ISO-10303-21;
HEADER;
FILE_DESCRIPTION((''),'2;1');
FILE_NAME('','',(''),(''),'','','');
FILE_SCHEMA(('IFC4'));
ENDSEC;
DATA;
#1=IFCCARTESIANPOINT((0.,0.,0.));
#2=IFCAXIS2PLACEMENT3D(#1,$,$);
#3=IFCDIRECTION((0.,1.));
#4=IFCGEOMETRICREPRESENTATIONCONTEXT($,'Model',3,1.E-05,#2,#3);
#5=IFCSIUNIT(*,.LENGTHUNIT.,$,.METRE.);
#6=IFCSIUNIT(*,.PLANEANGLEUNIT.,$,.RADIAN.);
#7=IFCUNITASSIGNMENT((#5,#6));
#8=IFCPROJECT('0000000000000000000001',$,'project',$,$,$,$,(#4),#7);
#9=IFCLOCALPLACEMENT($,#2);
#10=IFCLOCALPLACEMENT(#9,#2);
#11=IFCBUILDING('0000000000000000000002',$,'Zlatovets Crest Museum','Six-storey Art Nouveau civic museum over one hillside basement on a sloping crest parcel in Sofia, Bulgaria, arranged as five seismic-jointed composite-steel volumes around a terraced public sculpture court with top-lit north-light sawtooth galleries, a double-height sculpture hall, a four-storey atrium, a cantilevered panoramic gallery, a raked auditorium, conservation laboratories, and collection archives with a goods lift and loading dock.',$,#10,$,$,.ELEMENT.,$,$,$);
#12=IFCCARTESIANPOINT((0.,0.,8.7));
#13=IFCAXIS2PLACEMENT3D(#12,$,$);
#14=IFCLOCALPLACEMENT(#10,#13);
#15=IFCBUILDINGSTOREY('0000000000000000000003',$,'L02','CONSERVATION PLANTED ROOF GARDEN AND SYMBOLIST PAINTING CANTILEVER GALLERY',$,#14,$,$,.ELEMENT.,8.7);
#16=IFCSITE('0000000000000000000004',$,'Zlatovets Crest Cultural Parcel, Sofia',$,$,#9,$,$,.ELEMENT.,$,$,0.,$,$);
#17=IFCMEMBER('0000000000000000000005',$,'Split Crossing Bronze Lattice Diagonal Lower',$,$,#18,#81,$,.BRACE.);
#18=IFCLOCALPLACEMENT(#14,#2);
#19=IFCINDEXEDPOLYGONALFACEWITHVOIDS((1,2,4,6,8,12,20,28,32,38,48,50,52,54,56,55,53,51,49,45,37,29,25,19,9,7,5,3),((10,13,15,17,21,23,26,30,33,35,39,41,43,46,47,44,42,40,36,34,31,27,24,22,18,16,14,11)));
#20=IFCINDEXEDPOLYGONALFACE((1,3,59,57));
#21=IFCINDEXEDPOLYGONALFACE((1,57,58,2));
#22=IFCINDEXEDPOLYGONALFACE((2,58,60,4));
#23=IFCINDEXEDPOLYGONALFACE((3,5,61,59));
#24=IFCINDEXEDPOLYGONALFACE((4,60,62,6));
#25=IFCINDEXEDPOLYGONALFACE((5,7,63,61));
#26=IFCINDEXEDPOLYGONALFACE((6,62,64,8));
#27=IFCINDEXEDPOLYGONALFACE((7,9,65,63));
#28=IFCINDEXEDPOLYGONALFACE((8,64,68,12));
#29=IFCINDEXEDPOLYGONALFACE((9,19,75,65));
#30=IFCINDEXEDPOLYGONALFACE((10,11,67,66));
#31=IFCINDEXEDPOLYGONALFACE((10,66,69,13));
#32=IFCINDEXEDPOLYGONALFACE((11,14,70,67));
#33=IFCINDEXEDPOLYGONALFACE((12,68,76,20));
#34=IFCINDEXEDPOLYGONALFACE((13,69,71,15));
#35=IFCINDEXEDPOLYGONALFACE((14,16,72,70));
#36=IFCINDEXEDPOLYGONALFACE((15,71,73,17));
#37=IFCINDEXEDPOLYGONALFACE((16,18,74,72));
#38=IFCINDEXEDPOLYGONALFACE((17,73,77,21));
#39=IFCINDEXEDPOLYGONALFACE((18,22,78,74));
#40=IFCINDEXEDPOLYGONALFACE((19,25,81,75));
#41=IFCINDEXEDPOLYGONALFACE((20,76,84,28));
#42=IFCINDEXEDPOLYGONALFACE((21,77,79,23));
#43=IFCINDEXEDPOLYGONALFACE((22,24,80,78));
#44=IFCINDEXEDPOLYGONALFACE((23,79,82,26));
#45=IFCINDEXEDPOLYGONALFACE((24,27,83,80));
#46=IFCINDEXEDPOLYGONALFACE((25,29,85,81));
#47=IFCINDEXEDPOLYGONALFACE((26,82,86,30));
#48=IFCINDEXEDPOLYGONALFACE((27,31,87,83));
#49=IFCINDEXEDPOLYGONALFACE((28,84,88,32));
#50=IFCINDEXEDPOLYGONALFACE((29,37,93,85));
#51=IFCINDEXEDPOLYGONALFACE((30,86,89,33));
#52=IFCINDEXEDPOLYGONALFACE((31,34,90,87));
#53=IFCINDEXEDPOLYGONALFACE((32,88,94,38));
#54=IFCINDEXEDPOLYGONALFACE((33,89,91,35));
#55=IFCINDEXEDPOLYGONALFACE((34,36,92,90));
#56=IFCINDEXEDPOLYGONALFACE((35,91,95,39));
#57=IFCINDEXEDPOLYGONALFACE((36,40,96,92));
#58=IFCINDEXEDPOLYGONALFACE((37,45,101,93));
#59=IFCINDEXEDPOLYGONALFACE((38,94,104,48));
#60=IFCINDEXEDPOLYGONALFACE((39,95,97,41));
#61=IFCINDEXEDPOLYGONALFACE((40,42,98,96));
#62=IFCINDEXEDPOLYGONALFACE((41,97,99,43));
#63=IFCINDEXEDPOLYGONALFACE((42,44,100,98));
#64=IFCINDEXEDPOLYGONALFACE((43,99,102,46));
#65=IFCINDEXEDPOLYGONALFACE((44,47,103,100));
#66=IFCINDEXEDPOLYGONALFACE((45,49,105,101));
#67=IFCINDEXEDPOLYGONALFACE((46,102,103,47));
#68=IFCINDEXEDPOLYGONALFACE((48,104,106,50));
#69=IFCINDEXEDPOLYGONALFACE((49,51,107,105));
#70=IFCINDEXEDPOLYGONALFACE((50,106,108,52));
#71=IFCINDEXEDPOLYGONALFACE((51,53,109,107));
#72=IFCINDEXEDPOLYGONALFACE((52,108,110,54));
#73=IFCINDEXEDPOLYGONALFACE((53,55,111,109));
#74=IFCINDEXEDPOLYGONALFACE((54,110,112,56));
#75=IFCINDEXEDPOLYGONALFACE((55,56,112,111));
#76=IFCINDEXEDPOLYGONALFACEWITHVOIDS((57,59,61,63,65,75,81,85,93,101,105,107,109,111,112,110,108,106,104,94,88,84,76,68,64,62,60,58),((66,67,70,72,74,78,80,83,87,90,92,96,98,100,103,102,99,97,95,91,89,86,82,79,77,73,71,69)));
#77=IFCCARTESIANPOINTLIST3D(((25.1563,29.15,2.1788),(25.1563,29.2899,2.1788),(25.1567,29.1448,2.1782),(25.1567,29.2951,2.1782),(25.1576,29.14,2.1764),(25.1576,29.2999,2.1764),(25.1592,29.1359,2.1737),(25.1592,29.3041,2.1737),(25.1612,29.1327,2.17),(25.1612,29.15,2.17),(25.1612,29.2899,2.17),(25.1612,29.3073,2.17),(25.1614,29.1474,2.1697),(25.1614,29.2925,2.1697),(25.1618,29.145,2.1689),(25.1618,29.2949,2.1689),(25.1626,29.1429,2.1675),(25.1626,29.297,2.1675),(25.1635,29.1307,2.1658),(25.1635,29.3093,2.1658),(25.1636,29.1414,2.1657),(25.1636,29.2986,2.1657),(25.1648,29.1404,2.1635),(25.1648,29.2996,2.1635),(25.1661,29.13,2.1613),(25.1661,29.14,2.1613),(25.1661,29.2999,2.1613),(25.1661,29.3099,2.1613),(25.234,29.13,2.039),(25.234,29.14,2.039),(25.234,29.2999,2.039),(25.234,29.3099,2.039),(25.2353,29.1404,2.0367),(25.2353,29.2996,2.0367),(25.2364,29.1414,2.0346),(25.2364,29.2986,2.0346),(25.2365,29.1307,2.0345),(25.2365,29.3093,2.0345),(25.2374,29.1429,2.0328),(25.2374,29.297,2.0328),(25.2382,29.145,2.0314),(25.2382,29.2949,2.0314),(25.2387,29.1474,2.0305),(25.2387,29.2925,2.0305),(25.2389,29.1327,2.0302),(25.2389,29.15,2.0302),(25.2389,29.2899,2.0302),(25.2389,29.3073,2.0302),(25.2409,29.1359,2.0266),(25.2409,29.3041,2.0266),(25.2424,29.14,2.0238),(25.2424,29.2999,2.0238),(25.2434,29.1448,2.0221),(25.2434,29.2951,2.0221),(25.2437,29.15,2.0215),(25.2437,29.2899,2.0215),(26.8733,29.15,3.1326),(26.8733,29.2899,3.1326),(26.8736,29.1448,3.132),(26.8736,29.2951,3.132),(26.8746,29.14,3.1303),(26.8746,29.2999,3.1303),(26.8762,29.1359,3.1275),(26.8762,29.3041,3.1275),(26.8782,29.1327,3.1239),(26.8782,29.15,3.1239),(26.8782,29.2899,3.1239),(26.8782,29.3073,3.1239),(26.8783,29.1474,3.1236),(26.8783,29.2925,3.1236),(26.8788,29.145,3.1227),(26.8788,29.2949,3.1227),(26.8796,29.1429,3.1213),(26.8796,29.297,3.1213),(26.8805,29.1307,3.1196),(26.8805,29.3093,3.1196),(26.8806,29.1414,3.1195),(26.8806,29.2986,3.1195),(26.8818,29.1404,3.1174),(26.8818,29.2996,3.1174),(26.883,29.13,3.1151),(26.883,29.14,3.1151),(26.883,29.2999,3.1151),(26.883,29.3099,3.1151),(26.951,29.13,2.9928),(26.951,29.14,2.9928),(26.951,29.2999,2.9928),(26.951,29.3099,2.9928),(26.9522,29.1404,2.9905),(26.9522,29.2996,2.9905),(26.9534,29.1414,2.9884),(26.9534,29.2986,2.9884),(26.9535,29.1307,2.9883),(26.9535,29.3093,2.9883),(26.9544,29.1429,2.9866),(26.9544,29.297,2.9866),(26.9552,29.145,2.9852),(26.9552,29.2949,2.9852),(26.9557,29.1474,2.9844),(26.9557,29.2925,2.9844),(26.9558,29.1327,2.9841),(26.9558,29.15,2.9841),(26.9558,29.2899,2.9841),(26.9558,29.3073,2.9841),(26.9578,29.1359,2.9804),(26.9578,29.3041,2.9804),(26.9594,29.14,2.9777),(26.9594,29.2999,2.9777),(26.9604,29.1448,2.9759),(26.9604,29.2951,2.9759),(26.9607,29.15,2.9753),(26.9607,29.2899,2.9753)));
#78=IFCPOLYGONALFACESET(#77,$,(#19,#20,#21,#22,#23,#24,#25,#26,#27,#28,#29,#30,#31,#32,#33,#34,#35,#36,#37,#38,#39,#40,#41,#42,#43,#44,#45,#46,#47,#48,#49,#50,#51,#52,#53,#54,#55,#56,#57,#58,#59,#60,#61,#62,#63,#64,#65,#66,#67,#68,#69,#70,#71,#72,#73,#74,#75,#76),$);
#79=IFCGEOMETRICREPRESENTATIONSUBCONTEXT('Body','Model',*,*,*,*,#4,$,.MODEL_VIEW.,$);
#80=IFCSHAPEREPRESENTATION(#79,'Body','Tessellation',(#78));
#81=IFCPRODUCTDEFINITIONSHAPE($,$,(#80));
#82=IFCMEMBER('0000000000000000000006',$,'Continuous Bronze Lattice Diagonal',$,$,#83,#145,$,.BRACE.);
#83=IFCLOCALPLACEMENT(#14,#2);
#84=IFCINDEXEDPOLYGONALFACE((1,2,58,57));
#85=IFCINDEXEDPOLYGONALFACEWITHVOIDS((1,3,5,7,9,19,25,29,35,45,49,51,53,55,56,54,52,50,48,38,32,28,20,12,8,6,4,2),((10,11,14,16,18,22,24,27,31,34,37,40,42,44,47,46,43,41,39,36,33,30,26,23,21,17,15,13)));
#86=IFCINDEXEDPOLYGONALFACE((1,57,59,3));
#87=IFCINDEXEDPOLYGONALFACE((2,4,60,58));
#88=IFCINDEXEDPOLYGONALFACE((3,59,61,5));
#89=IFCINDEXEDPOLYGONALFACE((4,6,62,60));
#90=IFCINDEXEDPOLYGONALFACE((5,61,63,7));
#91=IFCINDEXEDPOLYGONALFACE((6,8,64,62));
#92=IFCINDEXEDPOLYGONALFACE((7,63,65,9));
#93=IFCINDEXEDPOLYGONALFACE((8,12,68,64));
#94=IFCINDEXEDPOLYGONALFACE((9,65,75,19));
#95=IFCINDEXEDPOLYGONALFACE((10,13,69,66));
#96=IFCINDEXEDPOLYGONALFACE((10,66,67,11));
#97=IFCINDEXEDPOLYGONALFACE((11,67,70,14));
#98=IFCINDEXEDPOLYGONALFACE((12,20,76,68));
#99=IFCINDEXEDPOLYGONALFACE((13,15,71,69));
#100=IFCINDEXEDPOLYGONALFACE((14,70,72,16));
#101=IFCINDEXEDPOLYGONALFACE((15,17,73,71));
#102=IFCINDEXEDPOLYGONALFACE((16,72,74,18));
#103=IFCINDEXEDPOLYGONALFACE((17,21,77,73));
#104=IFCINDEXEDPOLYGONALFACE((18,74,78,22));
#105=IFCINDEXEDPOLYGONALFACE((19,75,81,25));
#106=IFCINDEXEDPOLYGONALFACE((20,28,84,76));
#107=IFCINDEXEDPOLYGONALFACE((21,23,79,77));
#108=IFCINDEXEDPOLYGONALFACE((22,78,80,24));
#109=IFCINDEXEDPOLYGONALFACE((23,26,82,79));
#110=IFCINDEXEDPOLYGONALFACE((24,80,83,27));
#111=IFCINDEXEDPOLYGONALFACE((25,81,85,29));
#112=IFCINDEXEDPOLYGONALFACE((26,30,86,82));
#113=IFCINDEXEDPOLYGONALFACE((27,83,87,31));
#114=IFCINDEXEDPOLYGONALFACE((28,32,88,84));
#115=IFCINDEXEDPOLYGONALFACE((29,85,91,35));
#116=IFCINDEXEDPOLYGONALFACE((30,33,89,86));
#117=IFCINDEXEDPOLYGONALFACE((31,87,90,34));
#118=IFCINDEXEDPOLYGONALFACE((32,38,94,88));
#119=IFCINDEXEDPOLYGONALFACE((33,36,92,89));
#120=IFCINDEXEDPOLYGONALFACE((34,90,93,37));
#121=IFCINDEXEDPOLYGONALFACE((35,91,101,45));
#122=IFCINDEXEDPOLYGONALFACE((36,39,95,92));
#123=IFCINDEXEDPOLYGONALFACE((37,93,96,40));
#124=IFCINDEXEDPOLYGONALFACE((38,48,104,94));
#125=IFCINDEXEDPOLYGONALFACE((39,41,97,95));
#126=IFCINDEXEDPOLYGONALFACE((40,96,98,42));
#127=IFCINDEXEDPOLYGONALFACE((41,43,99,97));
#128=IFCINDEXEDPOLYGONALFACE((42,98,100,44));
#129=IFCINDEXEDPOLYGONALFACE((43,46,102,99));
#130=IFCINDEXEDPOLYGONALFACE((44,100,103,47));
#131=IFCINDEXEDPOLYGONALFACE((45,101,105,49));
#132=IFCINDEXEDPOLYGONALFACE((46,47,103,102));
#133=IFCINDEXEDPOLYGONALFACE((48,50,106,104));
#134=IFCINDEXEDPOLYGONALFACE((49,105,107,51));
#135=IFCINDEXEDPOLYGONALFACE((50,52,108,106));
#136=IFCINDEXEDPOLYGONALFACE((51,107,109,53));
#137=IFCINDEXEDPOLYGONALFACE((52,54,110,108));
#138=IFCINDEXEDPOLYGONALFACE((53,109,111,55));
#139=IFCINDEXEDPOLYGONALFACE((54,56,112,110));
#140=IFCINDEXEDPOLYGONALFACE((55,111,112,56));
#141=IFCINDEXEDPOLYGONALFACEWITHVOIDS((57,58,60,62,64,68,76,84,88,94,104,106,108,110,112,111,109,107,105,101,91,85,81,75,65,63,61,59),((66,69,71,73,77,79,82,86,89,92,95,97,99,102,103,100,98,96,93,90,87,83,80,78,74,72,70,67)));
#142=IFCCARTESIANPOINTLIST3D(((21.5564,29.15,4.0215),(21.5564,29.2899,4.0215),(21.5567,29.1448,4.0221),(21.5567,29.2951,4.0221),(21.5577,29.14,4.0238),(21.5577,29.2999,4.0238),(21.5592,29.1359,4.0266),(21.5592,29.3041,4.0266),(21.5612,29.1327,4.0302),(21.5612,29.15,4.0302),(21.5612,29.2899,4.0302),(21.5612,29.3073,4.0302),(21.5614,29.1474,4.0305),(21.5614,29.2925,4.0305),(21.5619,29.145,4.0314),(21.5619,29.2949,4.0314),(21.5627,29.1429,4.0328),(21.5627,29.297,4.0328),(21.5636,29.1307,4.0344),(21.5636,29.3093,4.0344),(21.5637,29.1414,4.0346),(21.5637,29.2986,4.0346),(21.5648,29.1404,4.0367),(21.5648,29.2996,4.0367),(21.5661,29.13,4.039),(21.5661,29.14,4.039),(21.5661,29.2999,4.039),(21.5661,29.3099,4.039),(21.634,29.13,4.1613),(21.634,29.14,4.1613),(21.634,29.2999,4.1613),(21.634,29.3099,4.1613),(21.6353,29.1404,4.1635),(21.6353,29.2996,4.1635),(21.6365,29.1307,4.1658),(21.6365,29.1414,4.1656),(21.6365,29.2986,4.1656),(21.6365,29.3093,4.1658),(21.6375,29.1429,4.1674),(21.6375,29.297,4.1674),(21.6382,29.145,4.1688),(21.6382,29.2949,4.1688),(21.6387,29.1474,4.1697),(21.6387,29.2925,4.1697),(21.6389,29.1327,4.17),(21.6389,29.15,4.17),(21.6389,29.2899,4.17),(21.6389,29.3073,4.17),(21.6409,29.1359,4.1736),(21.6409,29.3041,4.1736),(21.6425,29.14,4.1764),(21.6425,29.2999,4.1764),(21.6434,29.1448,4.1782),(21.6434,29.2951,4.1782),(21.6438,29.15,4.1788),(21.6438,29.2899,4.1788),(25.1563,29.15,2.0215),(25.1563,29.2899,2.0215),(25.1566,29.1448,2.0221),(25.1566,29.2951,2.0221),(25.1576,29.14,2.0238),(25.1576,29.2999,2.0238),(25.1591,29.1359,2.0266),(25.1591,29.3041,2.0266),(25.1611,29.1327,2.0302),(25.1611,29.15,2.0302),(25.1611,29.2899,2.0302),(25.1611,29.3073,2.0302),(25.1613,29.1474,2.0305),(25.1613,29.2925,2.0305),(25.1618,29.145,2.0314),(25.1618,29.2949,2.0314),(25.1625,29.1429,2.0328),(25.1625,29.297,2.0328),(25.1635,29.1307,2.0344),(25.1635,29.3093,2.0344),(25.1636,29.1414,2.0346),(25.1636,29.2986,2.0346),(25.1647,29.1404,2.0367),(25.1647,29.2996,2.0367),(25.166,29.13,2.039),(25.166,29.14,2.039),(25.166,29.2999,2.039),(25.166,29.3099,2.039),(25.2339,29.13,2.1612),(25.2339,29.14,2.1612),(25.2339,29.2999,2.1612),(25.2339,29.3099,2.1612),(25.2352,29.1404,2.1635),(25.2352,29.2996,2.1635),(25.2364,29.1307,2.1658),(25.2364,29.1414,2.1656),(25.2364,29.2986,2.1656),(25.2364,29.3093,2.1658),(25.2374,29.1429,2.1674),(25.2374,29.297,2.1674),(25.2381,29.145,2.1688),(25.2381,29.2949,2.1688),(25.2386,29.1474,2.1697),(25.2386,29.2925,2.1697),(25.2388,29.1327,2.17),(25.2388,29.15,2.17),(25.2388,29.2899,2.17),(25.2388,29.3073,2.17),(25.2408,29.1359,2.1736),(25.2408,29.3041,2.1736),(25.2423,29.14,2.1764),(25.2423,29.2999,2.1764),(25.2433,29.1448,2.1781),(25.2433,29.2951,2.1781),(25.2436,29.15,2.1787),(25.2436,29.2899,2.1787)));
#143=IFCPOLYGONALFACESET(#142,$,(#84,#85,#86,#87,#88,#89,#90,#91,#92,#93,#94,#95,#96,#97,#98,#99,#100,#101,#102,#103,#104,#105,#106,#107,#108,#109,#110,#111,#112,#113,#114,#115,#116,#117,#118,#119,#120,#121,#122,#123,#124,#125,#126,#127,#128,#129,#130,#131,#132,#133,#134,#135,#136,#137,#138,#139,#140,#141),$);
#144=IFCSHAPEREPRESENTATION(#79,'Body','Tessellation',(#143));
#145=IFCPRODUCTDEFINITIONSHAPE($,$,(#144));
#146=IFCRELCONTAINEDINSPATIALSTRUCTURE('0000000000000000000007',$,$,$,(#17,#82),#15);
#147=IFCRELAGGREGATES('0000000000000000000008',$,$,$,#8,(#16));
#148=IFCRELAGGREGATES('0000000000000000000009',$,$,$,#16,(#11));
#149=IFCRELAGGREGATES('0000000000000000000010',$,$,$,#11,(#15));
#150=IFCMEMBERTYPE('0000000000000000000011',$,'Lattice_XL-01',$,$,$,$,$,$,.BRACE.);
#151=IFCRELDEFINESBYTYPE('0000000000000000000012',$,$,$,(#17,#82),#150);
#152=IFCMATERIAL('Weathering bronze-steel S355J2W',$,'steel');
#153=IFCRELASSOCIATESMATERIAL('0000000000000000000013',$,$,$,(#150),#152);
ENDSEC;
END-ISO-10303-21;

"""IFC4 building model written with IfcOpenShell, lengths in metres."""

from ifc_helpers import new_model, si_unit, direction, frame, origin, origin_2d, place, context, subcontext, project, spatial, hollow_rectangle, extrude, material, material_profile, profile_set, type_object, element, save


model = new_model("IFC4")

# Units and contexts
model_context = context("Model", 3, precision=1e-05, world=origin(), true_north=direction((0.0, 1.0)))
body_context = subcontext(model_context, "Body", "Model", "MODEL_VIEW")
ifc_project = project(units=[si_unit("LENGTHUNIT", "METRE"), si_unit("PLANEANGLEUNIT", "RADIAN")], contexts=[model_context])

# Site, building, storey
site_placement = place(None, origin())
site = spatial("IfcSite", under=ifc_project, at=site_placement, Name="Zlatovets Crest Cultural Parcel, Sofia", CompositionType="ELEMENT", RefElevation=0.0)
building_placement = place(site_placement, origin())
building = spatial("IfcBuilding", under=site, at=building_placement, Name="Zlatovets Crest Museum", Description="Six-storey Art Nouveau civic museum over one hillside basement on a sloping crest parcel in Sofia, Bulgaria, arranged as five seismic-jointed composite-steel volumes around a terraced public sculpture court with top-lit north-light sawtooth galleries, a double-height sculpture hall, a four-storey atrium, a cantilevered panoramic gallery, a raked auditorium, conservation laboratories, and collection archives with a goods lift and loading dock.", CompositionType="ELEMENT")
storey_placement = place(building_placement, frame((0.0, 0.0, 8.7)))
storey = spatial("IfcBuildingStorey", under=building, at=storey_placement, Name="L02", Description="CONSERVATION PLANTED ROOF GARDEN AND SYMBOLIST PAINTING CANTILEVER GALLERY", CompositionType="ELEMENT", Elevation=8.7)

# Members
ifc_material_1 = material(Name="Weathering bronze-steel S355J2W", Category="steel")
ifc_material_profile_1 = material_profile(ifc_material_1, hollow_rectangle(XDim=0.1799, YDim=0.1799, WallThickness=0.01, InnerFilletRadius=0.01, OuterFilletRadius=0.02, at=origin_2d()), Name="SHS 180x180x10.0")
ifc_profile_set_1 = profile_set([ifc_material_profile_1], Name="Weathering bronze-steel S355J2W")
member_type_1 = type_object("IfcMemberType", Name="Lattice_XL-01", PredefinedType="BRACE", material=ifc_profile_set_1)
member_1_placement = place(storey_placement, frame((26.917, 29.22, 3.054), z_axis=(-0.874169, 0.0, -0.485622), x_axis=(0.0, -1.0, 0.0)))
element("IfcMember", 1, at=member_1_placement, inside=storey, type_object=member_type_1, Name="Split Crossing Bronze Lattice Diagonal Lower", PredefinedType="BRACE", context=body_context, shape_type="SweptSolid", body=[
    extrude(hollow_rectangle(XDim=0.1799, YDim=0.1799, WallThickness=0.01, InnerFilletRadius=0.01, OuterFilletRadius=0.02, at=origin_2d()), origin(), (0.0, 0.0, 1.0), 1.9641),
])
member_2_placement = place(storey_placement, frame((25.2, 29.22, 2.1001), z_axis=(-0.874149, 0.0, 0.485658), x_axis=(0.0, -1.0, 0.0)))
element("IfcMember", 2, at=member_2_placement, inside=storey, type_object=member_type_1, Name="Continuous Bronze Lattice Diagonal", PredefinedType="BRACE", context=body_context, shape_type="SweptSolid", body=[
    extrude(hollow_rectangle(XDim=0.1799, YDim=0.1799, WallThickness=0.01, InnerFilletRadius=0.01, OuterFilletRadius=0.02, at=origin_2d()), origin(), (0.0, 0.0, 1.0), 4.1182),
])

save(model, "model.ifc")
